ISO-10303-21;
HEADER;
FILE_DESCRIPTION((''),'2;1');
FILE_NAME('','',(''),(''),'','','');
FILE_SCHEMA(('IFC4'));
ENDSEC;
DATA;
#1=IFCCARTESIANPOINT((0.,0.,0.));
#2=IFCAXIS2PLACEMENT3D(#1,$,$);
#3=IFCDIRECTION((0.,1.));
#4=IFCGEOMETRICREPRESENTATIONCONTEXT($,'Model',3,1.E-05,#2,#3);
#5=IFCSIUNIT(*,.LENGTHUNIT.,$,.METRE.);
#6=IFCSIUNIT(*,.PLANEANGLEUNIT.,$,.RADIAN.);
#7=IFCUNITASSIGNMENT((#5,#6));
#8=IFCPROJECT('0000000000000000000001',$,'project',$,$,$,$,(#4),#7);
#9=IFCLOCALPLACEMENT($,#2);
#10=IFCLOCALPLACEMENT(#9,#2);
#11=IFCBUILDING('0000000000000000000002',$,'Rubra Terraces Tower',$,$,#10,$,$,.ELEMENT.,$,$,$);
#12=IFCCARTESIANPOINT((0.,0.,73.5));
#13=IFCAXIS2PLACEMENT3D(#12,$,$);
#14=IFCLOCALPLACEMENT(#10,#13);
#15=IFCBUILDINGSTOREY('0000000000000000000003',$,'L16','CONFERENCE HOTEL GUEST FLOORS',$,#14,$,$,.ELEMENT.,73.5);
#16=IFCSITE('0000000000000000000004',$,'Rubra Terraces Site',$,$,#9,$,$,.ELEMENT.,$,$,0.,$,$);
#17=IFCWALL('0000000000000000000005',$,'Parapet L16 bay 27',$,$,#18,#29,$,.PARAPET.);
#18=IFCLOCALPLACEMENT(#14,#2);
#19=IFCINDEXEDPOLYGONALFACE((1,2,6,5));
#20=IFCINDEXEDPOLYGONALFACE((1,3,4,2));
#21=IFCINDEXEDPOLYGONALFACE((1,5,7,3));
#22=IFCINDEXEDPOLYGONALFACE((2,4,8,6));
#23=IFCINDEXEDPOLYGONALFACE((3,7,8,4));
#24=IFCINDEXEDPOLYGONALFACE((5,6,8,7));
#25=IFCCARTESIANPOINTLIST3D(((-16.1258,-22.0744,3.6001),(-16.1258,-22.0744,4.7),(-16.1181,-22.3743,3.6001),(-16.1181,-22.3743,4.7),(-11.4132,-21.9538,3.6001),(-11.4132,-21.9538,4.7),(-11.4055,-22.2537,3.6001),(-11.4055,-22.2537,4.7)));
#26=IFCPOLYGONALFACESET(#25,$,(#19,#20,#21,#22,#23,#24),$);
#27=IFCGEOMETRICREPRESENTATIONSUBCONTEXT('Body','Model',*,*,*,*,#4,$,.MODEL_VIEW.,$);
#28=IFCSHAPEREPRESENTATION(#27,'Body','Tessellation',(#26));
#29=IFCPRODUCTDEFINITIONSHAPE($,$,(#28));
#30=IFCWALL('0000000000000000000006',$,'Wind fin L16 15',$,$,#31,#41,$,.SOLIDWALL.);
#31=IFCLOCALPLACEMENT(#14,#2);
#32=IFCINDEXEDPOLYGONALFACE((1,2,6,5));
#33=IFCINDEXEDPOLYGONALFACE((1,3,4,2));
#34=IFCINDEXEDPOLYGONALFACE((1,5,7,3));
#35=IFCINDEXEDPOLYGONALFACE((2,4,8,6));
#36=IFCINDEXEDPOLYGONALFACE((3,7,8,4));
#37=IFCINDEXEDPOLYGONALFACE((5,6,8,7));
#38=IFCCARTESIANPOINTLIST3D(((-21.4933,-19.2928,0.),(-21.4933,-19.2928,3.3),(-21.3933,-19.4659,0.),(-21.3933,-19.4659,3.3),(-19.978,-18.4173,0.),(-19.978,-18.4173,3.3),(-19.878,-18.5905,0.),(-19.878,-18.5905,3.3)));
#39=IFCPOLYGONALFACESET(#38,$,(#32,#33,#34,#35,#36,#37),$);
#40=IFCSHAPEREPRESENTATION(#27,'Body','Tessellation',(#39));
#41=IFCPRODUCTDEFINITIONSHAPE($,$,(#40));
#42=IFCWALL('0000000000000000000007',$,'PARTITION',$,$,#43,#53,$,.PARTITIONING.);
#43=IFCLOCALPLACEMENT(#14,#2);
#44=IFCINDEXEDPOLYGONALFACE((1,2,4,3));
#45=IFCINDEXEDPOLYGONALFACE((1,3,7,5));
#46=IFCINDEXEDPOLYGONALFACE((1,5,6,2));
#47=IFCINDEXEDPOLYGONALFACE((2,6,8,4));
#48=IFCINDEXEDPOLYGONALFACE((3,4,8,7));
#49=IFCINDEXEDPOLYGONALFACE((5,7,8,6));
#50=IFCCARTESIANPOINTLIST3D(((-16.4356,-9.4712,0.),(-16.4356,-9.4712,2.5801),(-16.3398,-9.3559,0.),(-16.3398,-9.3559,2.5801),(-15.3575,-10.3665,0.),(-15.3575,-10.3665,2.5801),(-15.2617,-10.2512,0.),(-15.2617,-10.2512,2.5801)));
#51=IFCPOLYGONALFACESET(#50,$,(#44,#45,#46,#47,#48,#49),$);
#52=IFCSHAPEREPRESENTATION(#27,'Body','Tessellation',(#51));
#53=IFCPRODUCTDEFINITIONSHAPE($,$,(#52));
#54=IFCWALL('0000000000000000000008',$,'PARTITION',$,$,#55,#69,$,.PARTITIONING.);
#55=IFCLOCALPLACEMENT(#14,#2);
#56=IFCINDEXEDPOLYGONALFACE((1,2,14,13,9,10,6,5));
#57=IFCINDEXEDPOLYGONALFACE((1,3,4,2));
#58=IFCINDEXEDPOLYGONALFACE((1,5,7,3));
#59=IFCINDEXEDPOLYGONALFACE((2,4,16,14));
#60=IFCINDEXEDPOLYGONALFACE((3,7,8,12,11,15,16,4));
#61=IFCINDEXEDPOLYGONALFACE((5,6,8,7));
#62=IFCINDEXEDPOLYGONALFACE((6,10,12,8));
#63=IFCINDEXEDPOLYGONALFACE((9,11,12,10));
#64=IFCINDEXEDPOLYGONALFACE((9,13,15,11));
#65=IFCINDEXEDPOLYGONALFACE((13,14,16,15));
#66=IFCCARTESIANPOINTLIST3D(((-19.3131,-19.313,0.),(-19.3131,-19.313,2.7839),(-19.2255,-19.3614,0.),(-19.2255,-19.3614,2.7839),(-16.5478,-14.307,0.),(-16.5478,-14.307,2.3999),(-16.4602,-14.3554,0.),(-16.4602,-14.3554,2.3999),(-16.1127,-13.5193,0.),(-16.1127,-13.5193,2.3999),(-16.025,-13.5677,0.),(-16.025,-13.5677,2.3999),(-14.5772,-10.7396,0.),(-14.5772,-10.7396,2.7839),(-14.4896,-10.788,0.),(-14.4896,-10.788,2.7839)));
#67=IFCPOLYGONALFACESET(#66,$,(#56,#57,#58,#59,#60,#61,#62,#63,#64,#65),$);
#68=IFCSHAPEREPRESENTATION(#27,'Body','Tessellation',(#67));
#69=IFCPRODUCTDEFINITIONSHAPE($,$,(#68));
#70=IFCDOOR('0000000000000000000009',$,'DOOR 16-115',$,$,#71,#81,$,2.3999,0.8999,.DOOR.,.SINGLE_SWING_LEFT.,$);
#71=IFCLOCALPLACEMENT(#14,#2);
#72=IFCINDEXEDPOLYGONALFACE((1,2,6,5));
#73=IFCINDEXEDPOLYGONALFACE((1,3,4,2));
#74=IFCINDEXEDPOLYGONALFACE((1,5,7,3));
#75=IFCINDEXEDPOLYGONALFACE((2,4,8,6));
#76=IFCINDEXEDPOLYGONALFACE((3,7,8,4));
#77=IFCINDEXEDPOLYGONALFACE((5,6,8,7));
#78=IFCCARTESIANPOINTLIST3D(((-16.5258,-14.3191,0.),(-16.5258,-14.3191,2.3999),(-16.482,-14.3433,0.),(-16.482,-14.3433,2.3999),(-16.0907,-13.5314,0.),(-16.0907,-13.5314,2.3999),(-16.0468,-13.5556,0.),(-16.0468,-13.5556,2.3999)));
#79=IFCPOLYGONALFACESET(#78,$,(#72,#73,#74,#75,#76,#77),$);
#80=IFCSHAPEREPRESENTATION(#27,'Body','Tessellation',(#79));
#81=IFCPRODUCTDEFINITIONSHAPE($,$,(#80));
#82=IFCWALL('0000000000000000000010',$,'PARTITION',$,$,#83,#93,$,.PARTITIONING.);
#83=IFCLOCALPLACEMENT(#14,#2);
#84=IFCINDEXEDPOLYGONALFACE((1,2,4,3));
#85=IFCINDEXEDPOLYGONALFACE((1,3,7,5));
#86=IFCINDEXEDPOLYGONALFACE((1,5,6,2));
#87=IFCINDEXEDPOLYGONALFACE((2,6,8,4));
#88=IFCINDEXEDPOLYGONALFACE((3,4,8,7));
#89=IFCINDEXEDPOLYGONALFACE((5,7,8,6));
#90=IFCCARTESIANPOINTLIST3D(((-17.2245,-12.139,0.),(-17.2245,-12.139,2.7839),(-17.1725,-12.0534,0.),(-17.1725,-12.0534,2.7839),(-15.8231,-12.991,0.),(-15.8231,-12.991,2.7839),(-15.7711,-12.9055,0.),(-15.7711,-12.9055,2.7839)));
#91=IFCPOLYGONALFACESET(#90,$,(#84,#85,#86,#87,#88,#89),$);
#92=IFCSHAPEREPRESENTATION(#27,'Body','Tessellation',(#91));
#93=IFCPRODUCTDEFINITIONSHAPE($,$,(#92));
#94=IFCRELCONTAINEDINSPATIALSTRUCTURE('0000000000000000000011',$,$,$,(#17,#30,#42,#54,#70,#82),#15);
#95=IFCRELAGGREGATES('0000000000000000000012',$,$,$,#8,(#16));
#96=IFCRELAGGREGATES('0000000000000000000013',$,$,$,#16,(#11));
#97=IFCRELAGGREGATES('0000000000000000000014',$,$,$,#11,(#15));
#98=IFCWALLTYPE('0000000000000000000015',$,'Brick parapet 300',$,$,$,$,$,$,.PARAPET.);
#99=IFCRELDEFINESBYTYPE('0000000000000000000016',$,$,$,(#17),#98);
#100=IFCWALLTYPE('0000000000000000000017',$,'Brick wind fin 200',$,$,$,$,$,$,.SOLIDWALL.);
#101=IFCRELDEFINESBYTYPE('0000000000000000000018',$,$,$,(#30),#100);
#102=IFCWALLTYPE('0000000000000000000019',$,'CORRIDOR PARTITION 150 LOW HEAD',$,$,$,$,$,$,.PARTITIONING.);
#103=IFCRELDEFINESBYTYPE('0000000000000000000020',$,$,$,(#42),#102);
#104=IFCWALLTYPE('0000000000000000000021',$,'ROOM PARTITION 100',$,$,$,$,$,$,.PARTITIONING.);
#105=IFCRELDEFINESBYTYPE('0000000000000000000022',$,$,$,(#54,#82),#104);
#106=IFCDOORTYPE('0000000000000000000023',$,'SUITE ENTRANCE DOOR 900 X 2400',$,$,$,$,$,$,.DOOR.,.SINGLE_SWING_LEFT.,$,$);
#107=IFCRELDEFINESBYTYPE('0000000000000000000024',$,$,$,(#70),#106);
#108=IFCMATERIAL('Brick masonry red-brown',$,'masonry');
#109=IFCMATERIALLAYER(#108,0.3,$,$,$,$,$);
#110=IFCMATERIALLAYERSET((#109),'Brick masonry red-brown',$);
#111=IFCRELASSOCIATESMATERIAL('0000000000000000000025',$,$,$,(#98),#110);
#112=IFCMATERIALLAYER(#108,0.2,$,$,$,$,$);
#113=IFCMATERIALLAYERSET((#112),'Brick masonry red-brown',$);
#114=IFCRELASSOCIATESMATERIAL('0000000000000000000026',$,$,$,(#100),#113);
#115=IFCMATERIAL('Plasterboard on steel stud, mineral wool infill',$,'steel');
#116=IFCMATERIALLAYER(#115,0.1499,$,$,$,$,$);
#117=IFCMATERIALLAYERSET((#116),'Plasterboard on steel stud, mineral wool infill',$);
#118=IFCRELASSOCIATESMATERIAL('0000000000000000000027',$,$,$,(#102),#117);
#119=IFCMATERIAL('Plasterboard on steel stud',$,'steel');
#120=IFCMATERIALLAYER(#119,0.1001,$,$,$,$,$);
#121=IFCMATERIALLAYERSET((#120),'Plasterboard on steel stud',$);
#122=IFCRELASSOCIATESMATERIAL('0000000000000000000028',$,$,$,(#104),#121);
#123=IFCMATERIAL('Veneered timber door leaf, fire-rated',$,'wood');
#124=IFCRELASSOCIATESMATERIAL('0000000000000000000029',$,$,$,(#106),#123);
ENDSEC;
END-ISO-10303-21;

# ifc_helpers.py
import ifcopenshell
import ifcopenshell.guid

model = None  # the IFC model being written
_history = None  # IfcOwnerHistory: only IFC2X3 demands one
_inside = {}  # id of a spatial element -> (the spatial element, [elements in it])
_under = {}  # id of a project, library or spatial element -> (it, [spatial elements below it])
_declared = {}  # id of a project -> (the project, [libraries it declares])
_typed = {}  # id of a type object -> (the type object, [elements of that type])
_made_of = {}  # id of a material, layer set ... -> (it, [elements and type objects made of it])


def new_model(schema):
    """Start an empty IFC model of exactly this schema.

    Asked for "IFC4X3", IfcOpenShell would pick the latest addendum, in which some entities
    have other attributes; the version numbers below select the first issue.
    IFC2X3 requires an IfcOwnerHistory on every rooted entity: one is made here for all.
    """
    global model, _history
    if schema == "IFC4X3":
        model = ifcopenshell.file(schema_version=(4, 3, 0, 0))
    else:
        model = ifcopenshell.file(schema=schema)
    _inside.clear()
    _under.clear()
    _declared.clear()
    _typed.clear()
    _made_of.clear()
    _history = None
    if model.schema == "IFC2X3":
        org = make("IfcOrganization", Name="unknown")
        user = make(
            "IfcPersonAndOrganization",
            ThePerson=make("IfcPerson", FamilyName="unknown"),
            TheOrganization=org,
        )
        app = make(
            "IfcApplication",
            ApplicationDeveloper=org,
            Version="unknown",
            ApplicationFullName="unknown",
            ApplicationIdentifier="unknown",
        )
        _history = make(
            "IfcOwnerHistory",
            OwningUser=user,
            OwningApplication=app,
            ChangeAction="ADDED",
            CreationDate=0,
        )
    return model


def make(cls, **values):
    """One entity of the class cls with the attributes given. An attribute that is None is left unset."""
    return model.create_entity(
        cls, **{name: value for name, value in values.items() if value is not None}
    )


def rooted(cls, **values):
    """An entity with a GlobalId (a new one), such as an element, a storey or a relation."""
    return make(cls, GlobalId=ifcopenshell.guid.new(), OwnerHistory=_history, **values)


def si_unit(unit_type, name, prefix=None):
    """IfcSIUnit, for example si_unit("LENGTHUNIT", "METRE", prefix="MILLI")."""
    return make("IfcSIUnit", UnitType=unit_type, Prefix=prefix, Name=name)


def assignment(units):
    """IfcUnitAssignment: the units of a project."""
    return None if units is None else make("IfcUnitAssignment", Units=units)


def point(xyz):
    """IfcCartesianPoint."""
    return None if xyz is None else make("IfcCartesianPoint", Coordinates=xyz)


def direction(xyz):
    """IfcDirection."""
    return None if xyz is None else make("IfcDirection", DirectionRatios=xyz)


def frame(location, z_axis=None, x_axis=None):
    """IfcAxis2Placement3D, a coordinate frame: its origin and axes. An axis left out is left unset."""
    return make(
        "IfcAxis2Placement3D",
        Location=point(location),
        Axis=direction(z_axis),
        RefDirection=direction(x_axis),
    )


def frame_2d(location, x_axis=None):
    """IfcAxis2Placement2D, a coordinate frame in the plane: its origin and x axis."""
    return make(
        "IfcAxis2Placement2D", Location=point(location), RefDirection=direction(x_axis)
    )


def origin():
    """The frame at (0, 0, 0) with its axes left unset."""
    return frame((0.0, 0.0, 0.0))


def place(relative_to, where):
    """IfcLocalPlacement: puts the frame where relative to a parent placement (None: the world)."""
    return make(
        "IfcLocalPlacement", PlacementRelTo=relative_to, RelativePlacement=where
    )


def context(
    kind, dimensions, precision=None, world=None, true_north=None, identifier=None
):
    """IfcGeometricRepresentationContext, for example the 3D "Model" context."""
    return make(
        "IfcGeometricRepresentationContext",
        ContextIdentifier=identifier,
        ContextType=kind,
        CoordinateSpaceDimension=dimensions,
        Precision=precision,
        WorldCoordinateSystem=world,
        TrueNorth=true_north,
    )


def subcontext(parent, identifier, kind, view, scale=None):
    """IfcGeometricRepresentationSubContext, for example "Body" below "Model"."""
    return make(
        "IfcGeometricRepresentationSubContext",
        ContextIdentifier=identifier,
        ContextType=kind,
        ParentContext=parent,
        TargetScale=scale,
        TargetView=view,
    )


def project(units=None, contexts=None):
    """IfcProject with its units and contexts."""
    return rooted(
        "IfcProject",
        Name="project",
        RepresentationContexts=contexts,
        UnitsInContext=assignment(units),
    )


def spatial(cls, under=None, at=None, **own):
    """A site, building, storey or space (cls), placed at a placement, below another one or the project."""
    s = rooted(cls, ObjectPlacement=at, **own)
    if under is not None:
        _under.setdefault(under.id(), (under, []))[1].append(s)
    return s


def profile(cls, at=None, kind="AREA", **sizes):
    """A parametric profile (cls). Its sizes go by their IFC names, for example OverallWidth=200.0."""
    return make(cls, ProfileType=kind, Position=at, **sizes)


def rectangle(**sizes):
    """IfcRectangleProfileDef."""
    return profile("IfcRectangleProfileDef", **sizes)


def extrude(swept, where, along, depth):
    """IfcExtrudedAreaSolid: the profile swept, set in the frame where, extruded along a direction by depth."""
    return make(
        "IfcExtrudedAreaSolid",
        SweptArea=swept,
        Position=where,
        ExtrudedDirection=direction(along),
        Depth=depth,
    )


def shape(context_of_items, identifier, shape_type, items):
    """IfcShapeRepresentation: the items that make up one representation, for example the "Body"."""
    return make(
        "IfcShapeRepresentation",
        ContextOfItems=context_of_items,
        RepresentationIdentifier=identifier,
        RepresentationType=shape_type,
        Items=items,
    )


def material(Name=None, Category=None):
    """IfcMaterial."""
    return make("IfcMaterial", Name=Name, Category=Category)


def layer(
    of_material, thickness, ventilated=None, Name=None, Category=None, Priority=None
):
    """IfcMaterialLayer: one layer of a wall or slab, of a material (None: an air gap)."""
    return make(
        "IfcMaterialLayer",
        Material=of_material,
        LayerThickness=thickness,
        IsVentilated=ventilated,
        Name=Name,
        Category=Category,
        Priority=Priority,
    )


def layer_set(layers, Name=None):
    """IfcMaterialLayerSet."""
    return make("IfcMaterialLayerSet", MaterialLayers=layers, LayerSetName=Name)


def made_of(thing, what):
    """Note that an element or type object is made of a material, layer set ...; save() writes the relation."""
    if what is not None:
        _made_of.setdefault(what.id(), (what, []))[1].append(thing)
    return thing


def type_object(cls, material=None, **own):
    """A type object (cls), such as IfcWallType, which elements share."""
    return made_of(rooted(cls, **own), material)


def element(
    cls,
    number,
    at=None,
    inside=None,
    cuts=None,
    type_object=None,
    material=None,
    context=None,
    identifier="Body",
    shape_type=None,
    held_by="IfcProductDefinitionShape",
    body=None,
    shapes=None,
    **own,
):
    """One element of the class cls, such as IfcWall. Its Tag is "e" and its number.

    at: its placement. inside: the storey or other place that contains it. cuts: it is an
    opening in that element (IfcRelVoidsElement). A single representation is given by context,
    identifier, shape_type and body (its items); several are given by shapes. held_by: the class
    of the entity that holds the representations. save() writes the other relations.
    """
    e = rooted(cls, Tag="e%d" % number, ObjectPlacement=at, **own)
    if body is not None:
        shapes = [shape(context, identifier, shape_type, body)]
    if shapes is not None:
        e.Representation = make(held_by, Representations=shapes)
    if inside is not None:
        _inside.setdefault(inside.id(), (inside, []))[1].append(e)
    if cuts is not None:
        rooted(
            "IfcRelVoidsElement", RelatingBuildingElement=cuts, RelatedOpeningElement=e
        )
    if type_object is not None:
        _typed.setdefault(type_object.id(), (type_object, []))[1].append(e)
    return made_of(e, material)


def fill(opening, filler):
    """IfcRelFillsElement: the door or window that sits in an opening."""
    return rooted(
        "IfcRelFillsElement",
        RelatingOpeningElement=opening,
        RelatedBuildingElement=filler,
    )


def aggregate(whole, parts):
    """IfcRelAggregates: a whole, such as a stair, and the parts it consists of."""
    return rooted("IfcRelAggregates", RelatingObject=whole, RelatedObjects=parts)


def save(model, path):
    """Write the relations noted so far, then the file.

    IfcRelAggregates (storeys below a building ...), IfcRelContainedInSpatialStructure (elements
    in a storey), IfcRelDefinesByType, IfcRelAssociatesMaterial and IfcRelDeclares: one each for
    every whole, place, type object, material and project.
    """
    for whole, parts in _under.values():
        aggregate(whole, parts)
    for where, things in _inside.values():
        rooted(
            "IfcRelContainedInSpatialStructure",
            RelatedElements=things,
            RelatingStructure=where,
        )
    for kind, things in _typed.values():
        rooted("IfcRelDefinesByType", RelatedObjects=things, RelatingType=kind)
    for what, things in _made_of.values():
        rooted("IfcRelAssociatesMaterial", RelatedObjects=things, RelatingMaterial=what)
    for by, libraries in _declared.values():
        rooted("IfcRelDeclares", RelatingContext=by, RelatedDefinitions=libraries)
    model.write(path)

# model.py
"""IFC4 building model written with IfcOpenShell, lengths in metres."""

from ifc_helpers import new_model, si_unit, direction, frame, frame_2d, origin, place, context, subcontext, project, spatial, rectangle, extrude, material, layer, layer_set, type_object, element, fill, save


model = new_model("IFC4")

# Units and contexts
model_context = context("Model", 3, precision=1e-05, world=origin(), true_north=direction((0.0, 1.0)))
body_context = subcontext(model_context, "Body", "Model", "MODEL_VIEW")
ifc_project = project(units=[si_unit("LENGTHUNIT", "METRE"), si_unit("PLANEANGLEUNIT", "RADIAN")], contexts=[model_context])

# Site, building, storey
site_placement = place(None, origin())
site = spatial("IfcSite", under=ifc_project, at=site_placement, Name="Rubra Terraces Site", CompositionType="ELEMENT", RefElevation=0.0)
building_placement = place(site_placement, origin())
building = spatial("IfcBuilding", under=site, at=building_placement, Name="Rubra Terraces Tower", CompositionType="ELEMENT")
storey_placement = place(building_placement, frame((0.0, 0.0, 73.5)))
storey = spatial("IfcBuildingStorey", under=building, at=storey_placement, Name="L16", Description="CONFERENCE HOTEL GUEST FLOORS", CompositionType="ELEMENT", Elevation=73.5)

# Shared definitions
ifc_material_1 = material(Name="Brick masonry red-brown", Category="masonry")

# Walls
ifc_layer_1 = layer(ifc_material_1, 0.3)
ifc_layer_set_1 = layer_set([ifc_layer_1], Name="Brick masonry red-brown")
wall_type_1 = type_object("IfcWallType", Name="Brick parapet 300", PredefinedType="PARAPET", material=ifc_layer_set_1)
wall_1_placement = place(storey_placement, frame((-16.1218, -22.2244, 3.6001), z_axis=(0.0, 0.0, 1.0), x_axis=(0.999673, 0.025584, 0.0)))
element("IfcWall", 1, at=wall_1_placement, inside=storey, type_object=wall_type_1, Name="Parapet L16 bay 27", PredefinedType="PARAPET", context=body_context, shape_type="SweptSolid", body=[
    extrude(rectangle(XDim=4.7141, YDim=0.3, at=frame_2d((2.3569, 0.0))), origin(), (0.0, 0.0, 1.0), 1.0999),
])
ifc_layer_2 = layer(ifc_material_1, 0.2)
ifc_layer_set_2 = layer_set([ifc_layer_2], Name="Brick masonry red-brown")
wall_type_2 = type_object("IfcWallType", Name="Brick wind fin 200", PredefinedType="SOLIDWALL", material=ifc_layer_set_2)
wall_2_placement = place(storey_placement, frame((-19.928, -18.5039, 0.0), z_axis=(0.0, 0.0, 1.0), x_axis=(-0.865881, -0.50025, 0.0)))
element("IfcWall", 2, at=wall_2_placement, inside=storey, type_object=wall_type_2, Name="Wind fin L16 15", PredefinedType="SOLIDWALL", context=body_context, shape_type="SweptSolid", body=[
    extrude(rectangle(XDim=1.75, YDim=0.2, at=frame_2d((0.875, 0.0))), origin(), (0.0, 0.0, 1.0), 3.3),
])
ifc_material_2 = material(Name="Plasterboard on steel stud, mineral wool infill", Category="steel")
ifc_layer_3 = layer(ifc_material_2, 0.1499)
ifc_layer_set_3 = layer_set([ifc_layer_3], Name="Plasterboard on steel stud, mineral wool infill")
wall_type_3 = type_object("IfcWallType", Name="CORRIDOR PARTITION 150 LOW HEAD", PredefinedType="PARTITIONING", material=ifc_layer_set_3)
wall_3_placement = place(storey_placement, frame((-16.3877, -9.4136, 0.0), z_axis=(0.0, 0.0, 1.0), x_axis=(0.769334, -0.638847, 0.0)))
element("IfcWall", 3, at=wall_3_placement, inside=storey, type_object=wall_type_3, Name="PARTITION", PredefinedType="PARTITIONING", context=body_context, shape_type="SweptSolid", body=[
    extrude(rectangle(XDim=1.4014, YDim=0.1499, at=frame_2d((0.7007, 0.0))), origin(), (0.0, 0.0, 1.0), 2.5801),
])

# Wall, opening, door
ifc_material_3 = material(Name="Plasterboard on steel stud", Category="steel")
ifc_layer_4 = layer(ifc_material_3, 0.1001)
ifc_layer_set_4 = layer_set([ifc_layer_4], Name="Plasterboard on steel stud")
wall_type_4 = type_object("IfcWallType", Name="ROOM PARTITION 100", PredefinedType="PARTITIONING", material=ifc_layer_set_4)
wall_4_placement = place(storey_placement, frame((-19.2693, -19.3372, 0.0), z_axis=(0.0, 0.0, 1.0), x_axis=(0.483529, 0.875328, 0.0)))
wall_4 = element("IfcWall", 4, at=wall_4_placement, inside=storey, type_object=wall_type_4, Name="PARTITION", PredefinedType="PARTITIONING", context=body_context, shape_type="SweptSolid", body=[
    extrude(rectangle(XDim=9.7944, YDim=0.1001, at=frame_2d((4.8972, 0.0))), origin(), (0.0, 0.0, 1.0), 2.7839),
])
opening_1_placement = place(wall_4_placement, frame((5.719, 0.0, 0.0)))
opening_1 = element("IfcOpeningElement", 5, at=opening_1_placement, cuts=wall_4, PredefinedType="OPENING", context=body_context, shape_type="SweptSolid", body=[
    extrude(rectangle(XDim=0.8999, YDim=2.3999, at=frame_2d((0.45, 1.2))), frame((0.0, 0.0601, 0.0), z_axis=(0.0, -1.0, 0.0), x_axis=(1.0, 0.0, 0.0)), (0.0, 0.0, 1.0), 0.1201),
])
ifc_material_4 = material(Name="Veneered timber door leaf, fire-rated", Category="wood")
door_type = type_object("IfcDoorType", Name="SUITE ENTRANCE DOOR 900 X 2400", OperationType="SINGLE_SWING_LEFT", PredefinedType="DOOR", material=ifc_material_4)
door_placement = place(opening_1_placement, origin())
door = element("IfcDoor", 6, at=door_placement, inside=storey, type_object=door_type, Name="DOOR 16-115", OperationType="SINGLE_SWING_LEFT", OverallHeight=2.3999, OverallWidth=0.8999, PredefinedType="DOOR", context=body_context, shape_type="SweptSolid", body=[
    extrude(rectangle(XDim=0.8999, YDim=2.3999, at=frame_2d((0.45, 1.2))), frame((0.0, 0.0249, 0.0), z_axis=(0.0, -1.0, 0.0), x_axis=(1.0, 0.0, 0.0)), (0.0, 0.0, 1.0), 0.05),
])
fill(opening_1, door)

# Wall
wall_5_placement = place(storey_placement, frame((-17.1985, -12.0962, 0.0), z_axis=(0.0, 0.0, 1.0), x_axis=(0.854457, -0.519522, 0.0)))
element("IfcWall", 7, at=wall_5_placement, inside=storey, type_object=wall_type_4, Name="PARTITION", PredefinedType="PARTITIONING", context=body_context, shape_type="SweptSolid", body=[
    extrude(rectangle(XDim=1.6401, YDim=0.1001, at=frame_2d((0.8201, 0.0))), origin(), (0.0, 0.0, 1.0), 2.7839),
])

save(model, "model.ifc")
